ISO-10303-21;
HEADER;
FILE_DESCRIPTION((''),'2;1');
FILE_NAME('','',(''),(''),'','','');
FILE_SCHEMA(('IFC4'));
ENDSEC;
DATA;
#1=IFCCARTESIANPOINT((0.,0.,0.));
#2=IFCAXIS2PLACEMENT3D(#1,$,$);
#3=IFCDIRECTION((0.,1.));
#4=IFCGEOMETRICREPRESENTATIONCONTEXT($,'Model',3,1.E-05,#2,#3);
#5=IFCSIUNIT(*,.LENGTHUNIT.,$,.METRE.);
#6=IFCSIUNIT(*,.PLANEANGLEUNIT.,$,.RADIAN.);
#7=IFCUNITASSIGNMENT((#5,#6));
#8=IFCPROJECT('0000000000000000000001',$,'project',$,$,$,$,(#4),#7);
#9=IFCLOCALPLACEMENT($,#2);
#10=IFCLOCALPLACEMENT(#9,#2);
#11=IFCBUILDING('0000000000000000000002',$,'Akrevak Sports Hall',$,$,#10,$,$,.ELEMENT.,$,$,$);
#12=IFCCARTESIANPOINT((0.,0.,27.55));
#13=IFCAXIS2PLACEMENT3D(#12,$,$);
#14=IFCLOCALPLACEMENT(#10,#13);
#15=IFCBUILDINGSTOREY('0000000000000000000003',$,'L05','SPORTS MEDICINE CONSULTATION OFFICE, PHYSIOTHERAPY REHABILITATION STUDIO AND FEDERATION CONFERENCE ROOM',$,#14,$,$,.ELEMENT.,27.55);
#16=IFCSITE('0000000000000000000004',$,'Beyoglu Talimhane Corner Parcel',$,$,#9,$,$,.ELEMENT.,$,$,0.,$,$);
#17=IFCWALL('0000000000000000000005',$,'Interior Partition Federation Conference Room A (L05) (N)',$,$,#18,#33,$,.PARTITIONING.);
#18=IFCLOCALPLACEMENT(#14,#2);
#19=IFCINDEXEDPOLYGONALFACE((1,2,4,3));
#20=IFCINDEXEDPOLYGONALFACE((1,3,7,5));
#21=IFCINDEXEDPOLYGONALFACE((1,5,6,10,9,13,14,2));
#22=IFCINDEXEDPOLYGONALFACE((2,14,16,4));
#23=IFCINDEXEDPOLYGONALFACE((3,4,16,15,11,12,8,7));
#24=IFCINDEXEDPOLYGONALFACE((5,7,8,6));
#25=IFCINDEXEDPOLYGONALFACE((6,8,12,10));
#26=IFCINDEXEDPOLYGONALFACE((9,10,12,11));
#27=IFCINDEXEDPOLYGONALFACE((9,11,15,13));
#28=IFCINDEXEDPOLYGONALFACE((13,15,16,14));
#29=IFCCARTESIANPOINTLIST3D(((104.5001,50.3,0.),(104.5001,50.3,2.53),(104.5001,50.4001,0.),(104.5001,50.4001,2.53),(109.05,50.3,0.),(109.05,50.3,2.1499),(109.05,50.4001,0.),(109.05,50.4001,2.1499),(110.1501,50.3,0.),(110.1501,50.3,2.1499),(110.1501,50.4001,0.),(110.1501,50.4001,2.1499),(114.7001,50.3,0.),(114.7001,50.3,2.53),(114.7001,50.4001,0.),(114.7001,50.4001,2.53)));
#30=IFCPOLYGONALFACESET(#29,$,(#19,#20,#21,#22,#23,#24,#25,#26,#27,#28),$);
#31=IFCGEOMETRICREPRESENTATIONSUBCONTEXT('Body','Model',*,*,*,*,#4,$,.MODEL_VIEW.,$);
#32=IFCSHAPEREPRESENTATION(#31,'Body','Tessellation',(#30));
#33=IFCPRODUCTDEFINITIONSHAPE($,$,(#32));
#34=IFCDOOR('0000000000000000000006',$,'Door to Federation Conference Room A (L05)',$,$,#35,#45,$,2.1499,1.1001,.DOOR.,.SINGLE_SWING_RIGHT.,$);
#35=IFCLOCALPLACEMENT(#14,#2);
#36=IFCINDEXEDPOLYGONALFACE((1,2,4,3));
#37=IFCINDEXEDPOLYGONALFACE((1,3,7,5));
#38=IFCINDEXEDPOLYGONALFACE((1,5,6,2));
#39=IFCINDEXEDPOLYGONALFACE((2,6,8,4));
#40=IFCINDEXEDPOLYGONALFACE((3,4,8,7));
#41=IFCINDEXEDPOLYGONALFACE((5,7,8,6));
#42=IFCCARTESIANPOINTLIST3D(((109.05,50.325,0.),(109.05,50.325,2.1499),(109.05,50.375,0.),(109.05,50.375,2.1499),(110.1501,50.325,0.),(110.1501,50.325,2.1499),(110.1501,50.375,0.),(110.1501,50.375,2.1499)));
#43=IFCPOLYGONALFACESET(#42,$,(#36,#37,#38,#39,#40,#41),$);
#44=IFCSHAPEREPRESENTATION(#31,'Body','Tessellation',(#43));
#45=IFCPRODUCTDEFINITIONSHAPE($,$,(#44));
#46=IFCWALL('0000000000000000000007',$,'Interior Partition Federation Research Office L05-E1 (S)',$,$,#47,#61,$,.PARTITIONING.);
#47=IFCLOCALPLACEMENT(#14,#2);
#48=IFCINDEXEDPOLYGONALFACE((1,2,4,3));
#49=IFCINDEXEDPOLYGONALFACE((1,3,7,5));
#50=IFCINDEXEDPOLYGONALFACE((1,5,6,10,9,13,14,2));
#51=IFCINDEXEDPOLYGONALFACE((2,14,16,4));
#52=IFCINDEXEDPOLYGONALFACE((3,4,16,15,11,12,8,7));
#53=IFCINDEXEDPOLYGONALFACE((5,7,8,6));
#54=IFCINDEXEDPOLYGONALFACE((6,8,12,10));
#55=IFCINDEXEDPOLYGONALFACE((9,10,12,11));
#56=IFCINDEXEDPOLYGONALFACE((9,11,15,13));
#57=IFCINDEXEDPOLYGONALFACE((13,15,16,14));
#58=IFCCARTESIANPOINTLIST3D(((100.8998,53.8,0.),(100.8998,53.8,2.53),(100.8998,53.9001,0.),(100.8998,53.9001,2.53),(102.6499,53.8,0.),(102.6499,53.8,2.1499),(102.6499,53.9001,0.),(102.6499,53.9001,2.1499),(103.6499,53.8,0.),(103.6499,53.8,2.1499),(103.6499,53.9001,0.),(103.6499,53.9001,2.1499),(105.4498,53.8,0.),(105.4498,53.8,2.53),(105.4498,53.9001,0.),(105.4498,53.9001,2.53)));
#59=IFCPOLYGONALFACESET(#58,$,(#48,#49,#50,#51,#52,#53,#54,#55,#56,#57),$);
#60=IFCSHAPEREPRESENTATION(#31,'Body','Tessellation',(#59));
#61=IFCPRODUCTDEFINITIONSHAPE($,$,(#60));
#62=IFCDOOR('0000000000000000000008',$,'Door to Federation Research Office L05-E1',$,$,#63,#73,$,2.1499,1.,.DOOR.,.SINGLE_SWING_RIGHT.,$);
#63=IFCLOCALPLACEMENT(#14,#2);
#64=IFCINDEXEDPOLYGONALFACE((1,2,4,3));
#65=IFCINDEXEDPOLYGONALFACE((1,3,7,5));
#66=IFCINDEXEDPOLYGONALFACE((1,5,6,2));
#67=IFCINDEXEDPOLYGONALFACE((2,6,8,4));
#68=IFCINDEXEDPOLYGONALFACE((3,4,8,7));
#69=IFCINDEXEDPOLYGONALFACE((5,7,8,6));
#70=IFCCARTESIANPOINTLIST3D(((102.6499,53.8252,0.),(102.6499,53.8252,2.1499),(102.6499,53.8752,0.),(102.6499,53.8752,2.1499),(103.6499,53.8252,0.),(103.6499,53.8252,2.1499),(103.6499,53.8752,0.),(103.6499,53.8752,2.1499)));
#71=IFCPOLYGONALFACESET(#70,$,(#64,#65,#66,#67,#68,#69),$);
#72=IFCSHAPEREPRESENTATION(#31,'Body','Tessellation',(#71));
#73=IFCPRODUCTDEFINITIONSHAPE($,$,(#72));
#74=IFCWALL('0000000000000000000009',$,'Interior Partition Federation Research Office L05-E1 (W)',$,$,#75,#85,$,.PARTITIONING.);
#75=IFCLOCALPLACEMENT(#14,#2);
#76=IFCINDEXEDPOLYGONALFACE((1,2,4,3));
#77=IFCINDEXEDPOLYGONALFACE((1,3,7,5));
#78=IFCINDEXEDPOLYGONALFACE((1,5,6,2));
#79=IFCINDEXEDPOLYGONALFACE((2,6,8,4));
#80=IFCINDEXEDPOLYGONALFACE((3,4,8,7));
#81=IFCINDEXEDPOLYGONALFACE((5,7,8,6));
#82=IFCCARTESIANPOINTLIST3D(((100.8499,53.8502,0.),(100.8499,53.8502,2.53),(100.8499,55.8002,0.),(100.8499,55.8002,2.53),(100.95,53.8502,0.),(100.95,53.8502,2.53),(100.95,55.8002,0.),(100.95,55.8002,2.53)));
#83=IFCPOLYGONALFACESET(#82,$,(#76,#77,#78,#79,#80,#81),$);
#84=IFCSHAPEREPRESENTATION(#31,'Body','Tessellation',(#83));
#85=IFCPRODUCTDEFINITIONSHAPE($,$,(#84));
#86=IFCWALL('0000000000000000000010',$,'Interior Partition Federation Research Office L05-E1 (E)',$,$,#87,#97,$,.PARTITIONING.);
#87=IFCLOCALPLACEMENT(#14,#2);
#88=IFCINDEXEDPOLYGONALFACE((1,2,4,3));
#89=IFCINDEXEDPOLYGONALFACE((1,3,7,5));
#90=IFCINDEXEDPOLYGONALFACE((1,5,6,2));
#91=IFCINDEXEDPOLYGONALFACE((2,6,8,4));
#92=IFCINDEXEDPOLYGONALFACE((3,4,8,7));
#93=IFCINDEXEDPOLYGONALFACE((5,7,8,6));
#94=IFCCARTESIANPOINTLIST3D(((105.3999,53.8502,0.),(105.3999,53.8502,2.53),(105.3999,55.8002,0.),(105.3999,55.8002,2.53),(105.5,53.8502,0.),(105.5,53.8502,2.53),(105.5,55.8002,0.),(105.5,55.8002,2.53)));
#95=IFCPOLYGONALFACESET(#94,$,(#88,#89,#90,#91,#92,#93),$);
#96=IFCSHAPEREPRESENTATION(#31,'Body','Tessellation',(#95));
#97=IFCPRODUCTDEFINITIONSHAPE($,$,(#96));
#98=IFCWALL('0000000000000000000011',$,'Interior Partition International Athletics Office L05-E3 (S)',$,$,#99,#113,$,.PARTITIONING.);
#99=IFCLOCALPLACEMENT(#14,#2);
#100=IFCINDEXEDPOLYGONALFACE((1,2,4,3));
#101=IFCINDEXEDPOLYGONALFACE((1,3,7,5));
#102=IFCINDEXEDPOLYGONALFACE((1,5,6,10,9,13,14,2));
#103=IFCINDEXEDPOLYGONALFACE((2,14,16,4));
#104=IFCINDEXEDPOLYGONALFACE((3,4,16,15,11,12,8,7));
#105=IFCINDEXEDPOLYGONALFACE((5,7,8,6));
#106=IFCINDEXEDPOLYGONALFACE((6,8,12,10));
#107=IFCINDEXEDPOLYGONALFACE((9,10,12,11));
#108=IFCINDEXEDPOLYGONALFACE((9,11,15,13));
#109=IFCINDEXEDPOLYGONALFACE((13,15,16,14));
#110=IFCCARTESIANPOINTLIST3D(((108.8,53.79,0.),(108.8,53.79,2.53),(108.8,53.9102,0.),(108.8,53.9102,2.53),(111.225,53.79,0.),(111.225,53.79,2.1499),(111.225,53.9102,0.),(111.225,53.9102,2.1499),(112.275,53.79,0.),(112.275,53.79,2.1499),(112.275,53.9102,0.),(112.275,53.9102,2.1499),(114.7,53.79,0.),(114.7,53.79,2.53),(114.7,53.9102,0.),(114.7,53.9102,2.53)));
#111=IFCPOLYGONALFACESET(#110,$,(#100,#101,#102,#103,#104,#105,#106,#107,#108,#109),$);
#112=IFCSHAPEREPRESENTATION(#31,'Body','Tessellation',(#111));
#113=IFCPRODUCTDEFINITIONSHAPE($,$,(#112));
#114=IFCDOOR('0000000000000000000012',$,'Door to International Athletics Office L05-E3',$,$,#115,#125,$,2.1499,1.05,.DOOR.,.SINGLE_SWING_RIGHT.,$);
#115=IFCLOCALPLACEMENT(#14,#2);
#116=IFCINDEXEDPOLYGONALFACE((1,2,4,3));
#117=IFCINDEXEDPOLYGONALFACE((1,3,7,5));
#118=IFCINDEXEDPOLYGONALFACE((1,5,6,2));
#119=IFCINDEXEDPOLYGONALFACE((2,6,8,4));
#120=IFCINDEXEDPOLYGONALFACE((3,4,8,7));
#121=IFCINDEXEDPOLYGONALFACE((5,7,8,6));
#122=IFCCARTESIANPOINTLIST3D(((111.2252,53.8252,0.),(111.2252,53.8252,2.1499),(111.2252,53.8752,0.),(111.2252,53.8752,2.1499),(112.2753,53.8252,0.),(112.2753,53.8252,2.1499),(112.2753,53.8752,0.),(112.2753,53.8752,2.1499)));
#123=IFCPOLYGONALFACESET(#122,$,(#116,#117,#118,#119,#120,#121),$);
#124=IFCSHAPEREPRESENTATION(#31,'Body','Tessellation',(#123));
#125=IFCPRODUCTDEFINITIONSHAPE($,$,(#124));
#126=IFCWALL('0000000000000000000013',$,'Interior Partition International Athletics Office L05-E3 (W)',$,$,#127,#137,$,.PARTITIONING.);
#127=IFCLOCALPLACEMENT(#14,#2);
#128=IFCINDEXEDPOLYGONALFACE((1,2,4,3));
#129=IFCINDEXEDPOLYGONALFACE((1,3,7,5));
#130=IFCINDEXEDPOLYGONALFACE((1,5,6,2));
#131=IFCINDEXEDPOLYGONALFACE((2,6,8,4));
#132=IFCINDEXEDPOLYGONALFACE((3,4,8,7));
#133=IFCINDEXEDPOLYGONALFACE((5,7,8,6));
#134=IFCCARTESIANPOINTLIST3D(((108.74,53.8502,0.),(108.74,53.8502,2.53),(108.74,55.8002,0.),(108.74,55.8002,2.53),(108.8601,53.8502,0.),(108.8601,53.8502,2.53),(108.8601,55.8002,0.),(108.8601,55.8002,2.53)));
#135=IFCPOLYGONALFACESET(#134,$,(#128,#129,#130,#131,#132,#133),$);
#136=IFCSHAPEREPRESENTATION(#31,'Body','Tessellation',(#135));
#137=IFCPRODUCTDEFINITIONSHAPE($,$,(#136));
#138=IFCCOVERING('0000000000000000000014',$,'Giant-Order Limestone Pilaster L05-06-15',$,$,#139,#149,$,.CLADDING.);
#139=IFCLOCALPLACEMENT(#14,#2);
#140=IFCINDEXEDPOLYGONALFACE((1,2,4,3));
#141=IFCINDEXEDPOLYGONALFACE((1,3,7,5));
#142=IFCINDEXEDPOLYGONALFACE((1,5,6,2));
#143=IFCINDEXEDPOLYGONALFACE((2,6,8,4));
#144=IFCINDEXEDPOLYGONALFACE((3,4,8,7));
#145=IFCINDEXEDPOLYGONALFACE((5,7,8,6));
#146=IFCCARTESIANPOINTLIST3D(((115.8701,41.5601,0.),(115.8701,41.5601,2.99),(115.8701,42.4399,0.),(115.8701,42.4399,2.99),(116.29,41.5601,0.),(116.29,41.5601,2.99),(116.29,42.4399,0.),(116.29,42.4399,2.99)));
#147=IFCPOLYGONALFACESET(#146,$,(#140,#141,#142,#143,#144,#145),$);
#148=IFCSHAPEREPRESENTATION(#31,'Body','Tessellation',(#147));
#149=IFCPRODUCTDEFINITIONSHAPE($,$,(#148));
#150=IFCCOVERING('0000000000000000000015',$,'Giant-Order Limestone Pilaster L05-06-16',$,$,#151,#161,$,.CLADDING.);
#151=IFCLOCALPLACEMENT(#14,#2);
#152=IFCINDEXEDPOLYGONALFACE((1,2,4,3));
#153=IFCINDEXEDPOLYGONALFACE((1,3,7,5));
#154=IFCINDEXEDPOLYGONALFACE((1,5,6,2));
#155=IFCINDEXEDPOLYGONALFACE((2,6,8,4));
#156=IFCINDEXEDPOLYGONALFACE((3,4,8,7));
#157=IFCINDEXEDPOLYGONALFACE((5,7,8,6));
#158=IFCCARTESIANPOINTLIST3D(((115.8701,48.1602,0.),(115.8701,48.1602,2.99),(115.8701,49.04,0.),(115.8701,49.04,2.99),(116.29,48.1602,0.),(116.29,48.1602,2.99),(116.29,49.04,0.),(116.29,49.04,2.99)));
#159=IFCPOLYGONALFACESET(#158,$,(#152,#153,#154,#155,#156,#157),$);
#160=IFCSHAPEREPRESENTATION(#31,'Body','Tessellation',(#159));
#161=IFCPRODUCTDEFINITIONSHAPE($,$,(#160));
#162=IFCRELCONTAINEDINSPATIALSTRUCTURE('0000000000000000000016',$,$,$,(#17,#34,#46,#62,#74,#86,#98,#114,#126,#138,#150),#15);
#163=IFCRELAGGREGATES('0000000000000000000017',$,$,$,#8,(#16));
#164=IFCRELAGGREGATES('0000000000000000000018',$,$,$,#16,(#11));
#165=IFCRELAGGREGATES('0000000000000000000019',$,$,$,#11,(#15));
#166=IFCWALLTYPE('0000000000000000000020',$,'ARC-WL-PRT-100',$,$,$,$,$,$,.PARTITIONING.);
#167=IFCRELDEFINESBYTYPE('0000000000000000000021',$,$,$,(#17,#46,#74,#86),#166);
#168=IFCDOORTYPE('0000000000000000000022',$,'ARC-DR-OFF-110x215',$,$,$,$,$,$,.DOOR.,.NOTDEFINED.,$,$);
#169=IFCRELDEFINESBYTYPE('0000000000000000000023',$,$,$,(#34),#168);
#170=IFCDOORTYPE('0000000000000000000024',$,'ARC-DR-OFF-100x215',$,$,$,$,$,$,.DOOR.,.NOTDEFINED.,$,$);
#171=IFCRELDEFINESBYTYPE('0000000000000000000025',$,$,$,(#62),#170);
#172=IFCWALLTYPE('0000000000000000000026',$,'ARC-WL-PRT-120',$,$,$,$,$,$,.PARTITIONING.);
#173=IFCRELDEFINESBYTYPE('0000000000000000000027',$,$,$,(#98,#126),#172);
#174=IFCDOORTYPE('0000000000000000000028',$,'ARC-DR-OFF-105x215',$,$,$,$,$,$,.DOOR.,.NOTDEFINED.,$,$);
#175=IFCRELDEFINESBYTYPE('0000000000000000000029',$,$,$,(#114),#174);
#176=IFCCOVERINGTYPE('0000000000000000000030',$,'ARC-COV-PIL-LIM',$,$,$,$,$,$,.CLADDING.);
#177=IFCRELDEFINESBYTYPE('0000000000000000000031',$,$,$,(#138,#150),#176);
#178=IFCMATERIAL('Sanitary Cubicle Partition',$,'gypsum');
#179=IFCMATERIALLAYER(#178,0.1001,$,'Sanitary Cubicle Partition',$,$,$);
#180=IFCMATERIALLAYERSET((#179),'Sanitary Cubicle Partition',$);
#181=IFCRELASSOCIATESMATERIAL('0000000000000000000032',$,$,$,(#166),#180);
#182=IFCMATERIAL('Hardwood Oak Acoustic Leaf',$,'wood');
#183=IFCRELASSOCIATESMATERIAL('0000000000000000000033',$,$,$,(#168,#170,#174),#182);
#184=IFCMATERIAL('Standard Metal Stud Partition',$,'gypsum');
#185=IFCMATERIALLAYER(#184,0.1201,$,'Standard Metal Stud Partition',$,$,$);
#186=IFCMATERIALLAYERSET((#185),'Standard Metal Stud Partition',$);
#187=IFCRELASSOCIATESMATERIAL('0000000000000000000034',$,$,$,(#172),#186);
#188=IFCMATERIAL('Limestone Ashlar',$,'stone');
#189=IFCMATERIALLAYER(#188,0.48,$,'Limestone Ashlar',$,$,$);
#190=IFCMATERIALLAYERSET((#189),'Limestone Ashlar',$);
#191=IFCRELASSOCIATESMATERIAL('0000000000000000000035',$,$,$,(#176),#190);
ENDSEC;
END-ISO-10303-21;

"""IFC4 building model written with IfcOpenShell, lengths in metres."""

from ifc_helpers import new_model, si_unit, direction, frame, frame_2d, origin, origin_2d, place, context, subcontext, project, spatial, rectangle, extrude, material, layer, layer_set, type_object, element, fill, save


model = new_model("IFC4")

# Units and contexts
model_context = context("Model", 3, precision=1e-05, world=origin(), true_north=direction((0.0, 1.0)))
body_context = subcontext(model_context, "Body", "Model", "MODEL_VIEW")
ifc_project = project(units=[si_unit("LENGTHUNIT", "METRE"), si_unit("PLANEANGLEUNIT", "RADIAN")], contexts=[model_context])

# Site, building, storey
site_placement = place(None, origin())
site = spatial("IfcSite", under=ifc_project, at=site_placement, Name="Beyoglu Talimhane Corner Parcel", CompositionType="ELEMENT", RefElevation=0.0)
building_placement = place(site_placement, origin())
building = spatial("IfcBuilding", under=site, at=building_placement, Name="Akrevak Sports Hall", CompositionType="ELEMENT")
storey_placement = place(building_placement, frame((0.0, 0.0, 27.55)))
storey = spatial("IfcBuildingStorey", under=building, at=storey_placement, Name="L05", Description="SPORTS MEDICINE CONSULTATION OFFICE, PHYSIOTHERAPY REHABILITATION STUDIO AND FEDERATION CONFERENCE ROOM", CompositionType="ELEMENT", Elevation=27.55)

# Walls, openings, doors
ifc_material_1 = material(Name="Sanitary Cubicle Partition", Category="gypsum")
ifc_layer_1 = layer(ifc_material_1, 0.1001, Name="Sanitary Cubicle Partition")
ifc_layer_set_1 = layer_set([ifc_layer_1], Name="Sanitary Cubicle Partition")
wall_type_1 = type_object("IfcWallType", Name="ARC-WL-PRT-100", PredefinedType="PARTITIONING", material=ifc_layer_set_1)
wall_1_placement = place(storey_placement, frame((104.5, 50.3501, 0.0), z_axis=(0.0, 0.0, 1.0), x_axis=(1.0, 0.0, 0.0)))
wall_1 = element("IfcWall", 1, at=wall_1_placement, inside=storey, type_object=wall_type_1, Name="Interior Partition Federation Conference Room A (L05) (N)", PredefinedType="PARTITIONING", context=body_context, shape_type="SweptSolid", body=[
    extrude(rectangle(XDim=10.2, YDim=0.1001, at=frame_2d((5.1001, 0.0))), origin(), (0.0, 0.0, 1.0), 2.53),
])
opening_1_placement = place(wall_1_placement, frame((4.55, 0.0, 0.0)))
opening_1 = element("IfcOpeningElement", 2, at=opening_1_placement, cuts=wall_1, PredefinedType="OPENING", context=body_context, shape_type="SweptSolid", body=[
    extrude(rectangle(XDim=1.1001, YDim=2.1499, at=frame_2d((0.55, 1.075))), frame((0.0, 0.062, 0.0), z_axis=(0.0, -1.0, 0.0), x_axis=(1.0, 0.0, 0.0)), (0.0, 0.0, 1.0), 0.124),
])
ifc_material_2 = material(Name="Hardwood Oak Acoustic Leaf", Category="wood")
door_type_1 = type_object("IfcDoorType", Name="ARC-DR-OFF-110x215", OperationType="NOTDEFINED", PredefinedType="DOOR", material=ifc_material_2)
door_1_placement = place(opening_1_placement, origin())
door_1 = element("IfcDoor", 3, at=door_1_placement, inside=storey, type_object=door_type_1, Name="Door to Federation Conference Room A (L05)", OperationType="SINGLE_SWING_RIGHT", OverallHeight=2.1499, OverallWidth=1.1001, PredefinedType="DOOR", context=body_context, shape_type="SweptSolid", body=[
    extrude(rectangle(XDim=1.1001, YDim=2.1499, at=frame_2d((0.55, 1.075))), frame((0.0, 0.0249, 0.0), z_axis=(0.0, -1.0, 0.0), x_axis=(1.0, 0.0, 0.0)), (0.0, 0.0, 1.0), 0.05),
])
fill(opening_1, door_1)
wall_2_placement = place(storey_placement, frame((100.8999, 53.8501, 0.0), z_axis=(0.0, 0.0, 1.0), x_axis=(1.0, 0.0, 0.0)))
wall_2 = element("IfcWall", 4, at=wall_2_placement, inside=storey, type_object=wall_type_1, Name="Interior Partition Federation Research Office L05-E1 (S)", PredefinedType="PARTITIONING", context=body_context, shape_type="SweptSolid", body=[
    extrude(rectangle(XDim=4.55, YDim=0.1001, at=frame_2d((2.2749, 0.0))), origin(), (0.0, 0.0, 1.0), 2.53),
])
opening_2_placement = place(wall_2_placement, frame((1.75, 0.0, 0.0)))
opening_2 = element("IfcOpeningElement", 5, at=opening_2_placement, cuts=wall_2, PredefinedType="OPENING", context=body_context, shape_type="SweptSolid", body=[
    extrude(rectangle(XDim=1.0, YDim=2.1499, at=frame_2d((0.5, 1.075))), frame((0.0, 0.062, 0.0), z_axis=(0.0, -1.0, 0.0), x_axis=(1.0, 0.0, 0.0)), (0.0, 0.0, 1.0), 0.124),
])
door_type_2 = type_object("IfcDoorType", Name="ARC-DR-OFF-100x215", OperationType="NOTDEFINED", PredefinedType="DOOR", material=ifc_material_2)
door_2_placement = place(opening_2_placement, frame((1.0, 0.0, 0.0), z_axis=(0.0, 0.0, 1.0), x_axis=(-1.0, 0.0, 0.0)))
door_2 = element("IfcDoor", 6, at=door_2_placement, inside=storey, type_object=door_type_2, Name="Door to Federation Research Office L05-E1", OperationType="SINGLE_SWING_RIGHT", OverallHeight=2.1499, OverallWidth=1.0, PredefinedType="DOOR", context=body_context, shape_type="SweptSolid", body=[
    extrude(rectangle(XDim=1.0, YDim=2.1499, at=frame_2d((0.5, 1.075))), frame((0.0, 0.0249, 0.0), z_axis=(0.0, -1.0, 0.0), x_axis=(1.0, 0.0, 0.0)), (0.0, 0.0, 1.0), 0.05),
])
fill(opening_2, door_2)

# Walls
for number, where, z_axis, x_axis, name in (
    (7, (100.8999, 53.8501, 0.0), (0.0, 0.0, 1.0), (0.0, 1.0, 0.0), "Interior Partition Federation Research Office L05-E1 (W)"),
    (8, (105.45, 53.8501, 0.0), (0.0, 0.0, 1.0), (0.0, 1.0, 0.0), "Interior Partition Federation Research Office L05-E1 (E)"),
):
    element("IfcWall", number, at=place(storey_placement, frame(where, z_axis=z_axis, x_axis=x_axis)), inside=storey, type_object=wall_type_1, Name=name, PredefinedType="PARTITIONING", context=body_context, shape_type="SweptSolid", body=[
        extrude(rectangle(XDim=1.95, YDim=0.1001, at=frame_2d((0.9751, 0.0))), origin(), (0.0, 0.0, 1.0), 2.53),
    ])

# Wall, opening, door
ifc_material_3 = material(Name="Standard Metal Stud Partition", Category="gypsum")
ifc_layer_2 = layer(ifc_material_3, 0.1201, Name="Standard Metal Stud Partition")
ifc_layer_set_2 = layer_set([ifc_layer_2], Name="Standard Metal Stud Partition")
wall_type_2 = type_object("IfcWallType", Name="ARC-WL-PRT-120", PredefinedType="PARTITIONING", material=ifc_layer_set_2)
wall_3_placement = place(storey_placement, frame((108.8, 53.8501, 0.0), z_axis=(0.0, 0.0, 1.0), x_axis=(1.0, 0.0, 0.0)))
wall_3 = element("IfcWall", 9, at=wall_3_placement, inside=storey, type_object=wall_type_2, Name="Interior Partition International Athletics Office L05-E3 (S)", PredefinedType="PARTITIONING", context=body_context, shape_type="SweptSolid", body=[
    extrude(rectangle(XDim=5.8999, YDim=0.1201, at=frame_2d((2.95, 0.0))), origin(), (0.0, 0.0, 1.0), 2.53),
])
opening_3_placement = place(wall_3_placement, frame((2.425, 0.0, 0.0)))
opening_3 = element("IfcOpeningElement", 10, at=opening_3_placement, cuts=wall_3, PredefinedType="OPENING", context=body_context, shape_type="SweptSolid", body=[
    extrude(rectangle(XDim=1.05, YDim=2.1499, at=frame_2d((0.5249, 1.075))), frame((0.0, 0.072, 0.0), z_axis=(0.0, -1.0, 0.0), x_axis=(1.0, 0.0, 0.0)), (0.0, 0.0, 1.0), 0.144),
])
door_type_3 = type_object("IfcDoorType", Name="ARC-DR-OFF-105x215", OperationType="NOTDEFINED", PredefinedType="DOOR", material=ifc_material_2)
door_3_placement = place(opening_3_placement, frame((1.05, 0.0, 0.0), z_axis=(0.0, 0.0, 1.0), x_axis=(-1.0, 0.0, 0.0)))
door_3 = element("IfcDoor", 11, at=door_3_placement, inside=storey, type_object=door_type_3, Name="Door to International Athletics Office L05-E3", OperationType="SINGLE_SWING_RIGHT", OverallHeight=2.1499, OverallWidth=1.05, PredefinedType="DOOR", context=body_context, shape_type="SweptSolid", body=[
    extrude(rectangle(XDim=1.05, YDim=2.1499, at=frame_2d((0.5249, 1.075))), frame((0.0, 0.0249, 0.0), z_axis=(0.0, -1.0, 0.0), x_axis=(1.0, 0.0, 0.0)), (0.0, 0.0, 1.0), 0.05),
])
fill(opening_3, door_3)

# Wall
wall_4_placement = place(storey_placement, frame((108.8, 53.8501, 0.0), z_axis=(0.0, 0.0, 1.0), x_axis=(0.0, 1.0, 0.0)))
element("IfcWall", 12, at=wall_4_placement, inside=storey, type_object=wall_type_2, Name="Interior Partition International Athletics Office L05-E3 (W)", PredefinedType="PARTITIONING", context=body_context, shape_type="SweptSolid", body=[
    extrude(rectangle(XDim=1.95, YDim=0.1201, at=frame_2d((0.9751, 0.0))), origin(), (0.0, 0.0, 1.0), 2.53),
])

# Coverings
ifc_material_4 = material(Name="Limestone Ashlar", Category="stone")
ifc_layer_3 = layer(ifc_material_4, 0.48, Name="Limestone Ashlar")
ifc_layer_set_3 = layer_set([ifc_layer_3], Name="Limestone Ashlar")
covering_type = type_object("IfcCoveringType", Name="ARC-COV-PIL-LIM", PredefinedType="CLADDING", material=ifc_layer_set_3)
for number, where, z_axis, x_axis, name in (
    (13, (116.0801, 42.0, 0.0), (0.0, 0.0, 1.0), (0.0, 1.0, 0.0), "Giant-Order Limestone Pilaster L05-06-15"),
    (14, (116.0801, 48.6001, 0.0), (0.0, 0.0, 1.0), (0.0, 1.0, 0.0), "Giant-Order Limestone Pilaster L05-06-16"),
):
    element("IfcCovering", number, at=place(storey_placement, frame(where, z_axis=z_axis, x_axis=x_axis)), inside=storey, type_object=covering_type, Name=name, PredefinedType="CLADDING", context=body_context, shape_type="SweptSolid", body=[
        extrude(rectangle(XDim=0.8799, YDim=0.4199, at=origin_2d()), origin(), (0.0, 0.0, 1.0), 2.99),
    ])

save(model, "model.ifc")
